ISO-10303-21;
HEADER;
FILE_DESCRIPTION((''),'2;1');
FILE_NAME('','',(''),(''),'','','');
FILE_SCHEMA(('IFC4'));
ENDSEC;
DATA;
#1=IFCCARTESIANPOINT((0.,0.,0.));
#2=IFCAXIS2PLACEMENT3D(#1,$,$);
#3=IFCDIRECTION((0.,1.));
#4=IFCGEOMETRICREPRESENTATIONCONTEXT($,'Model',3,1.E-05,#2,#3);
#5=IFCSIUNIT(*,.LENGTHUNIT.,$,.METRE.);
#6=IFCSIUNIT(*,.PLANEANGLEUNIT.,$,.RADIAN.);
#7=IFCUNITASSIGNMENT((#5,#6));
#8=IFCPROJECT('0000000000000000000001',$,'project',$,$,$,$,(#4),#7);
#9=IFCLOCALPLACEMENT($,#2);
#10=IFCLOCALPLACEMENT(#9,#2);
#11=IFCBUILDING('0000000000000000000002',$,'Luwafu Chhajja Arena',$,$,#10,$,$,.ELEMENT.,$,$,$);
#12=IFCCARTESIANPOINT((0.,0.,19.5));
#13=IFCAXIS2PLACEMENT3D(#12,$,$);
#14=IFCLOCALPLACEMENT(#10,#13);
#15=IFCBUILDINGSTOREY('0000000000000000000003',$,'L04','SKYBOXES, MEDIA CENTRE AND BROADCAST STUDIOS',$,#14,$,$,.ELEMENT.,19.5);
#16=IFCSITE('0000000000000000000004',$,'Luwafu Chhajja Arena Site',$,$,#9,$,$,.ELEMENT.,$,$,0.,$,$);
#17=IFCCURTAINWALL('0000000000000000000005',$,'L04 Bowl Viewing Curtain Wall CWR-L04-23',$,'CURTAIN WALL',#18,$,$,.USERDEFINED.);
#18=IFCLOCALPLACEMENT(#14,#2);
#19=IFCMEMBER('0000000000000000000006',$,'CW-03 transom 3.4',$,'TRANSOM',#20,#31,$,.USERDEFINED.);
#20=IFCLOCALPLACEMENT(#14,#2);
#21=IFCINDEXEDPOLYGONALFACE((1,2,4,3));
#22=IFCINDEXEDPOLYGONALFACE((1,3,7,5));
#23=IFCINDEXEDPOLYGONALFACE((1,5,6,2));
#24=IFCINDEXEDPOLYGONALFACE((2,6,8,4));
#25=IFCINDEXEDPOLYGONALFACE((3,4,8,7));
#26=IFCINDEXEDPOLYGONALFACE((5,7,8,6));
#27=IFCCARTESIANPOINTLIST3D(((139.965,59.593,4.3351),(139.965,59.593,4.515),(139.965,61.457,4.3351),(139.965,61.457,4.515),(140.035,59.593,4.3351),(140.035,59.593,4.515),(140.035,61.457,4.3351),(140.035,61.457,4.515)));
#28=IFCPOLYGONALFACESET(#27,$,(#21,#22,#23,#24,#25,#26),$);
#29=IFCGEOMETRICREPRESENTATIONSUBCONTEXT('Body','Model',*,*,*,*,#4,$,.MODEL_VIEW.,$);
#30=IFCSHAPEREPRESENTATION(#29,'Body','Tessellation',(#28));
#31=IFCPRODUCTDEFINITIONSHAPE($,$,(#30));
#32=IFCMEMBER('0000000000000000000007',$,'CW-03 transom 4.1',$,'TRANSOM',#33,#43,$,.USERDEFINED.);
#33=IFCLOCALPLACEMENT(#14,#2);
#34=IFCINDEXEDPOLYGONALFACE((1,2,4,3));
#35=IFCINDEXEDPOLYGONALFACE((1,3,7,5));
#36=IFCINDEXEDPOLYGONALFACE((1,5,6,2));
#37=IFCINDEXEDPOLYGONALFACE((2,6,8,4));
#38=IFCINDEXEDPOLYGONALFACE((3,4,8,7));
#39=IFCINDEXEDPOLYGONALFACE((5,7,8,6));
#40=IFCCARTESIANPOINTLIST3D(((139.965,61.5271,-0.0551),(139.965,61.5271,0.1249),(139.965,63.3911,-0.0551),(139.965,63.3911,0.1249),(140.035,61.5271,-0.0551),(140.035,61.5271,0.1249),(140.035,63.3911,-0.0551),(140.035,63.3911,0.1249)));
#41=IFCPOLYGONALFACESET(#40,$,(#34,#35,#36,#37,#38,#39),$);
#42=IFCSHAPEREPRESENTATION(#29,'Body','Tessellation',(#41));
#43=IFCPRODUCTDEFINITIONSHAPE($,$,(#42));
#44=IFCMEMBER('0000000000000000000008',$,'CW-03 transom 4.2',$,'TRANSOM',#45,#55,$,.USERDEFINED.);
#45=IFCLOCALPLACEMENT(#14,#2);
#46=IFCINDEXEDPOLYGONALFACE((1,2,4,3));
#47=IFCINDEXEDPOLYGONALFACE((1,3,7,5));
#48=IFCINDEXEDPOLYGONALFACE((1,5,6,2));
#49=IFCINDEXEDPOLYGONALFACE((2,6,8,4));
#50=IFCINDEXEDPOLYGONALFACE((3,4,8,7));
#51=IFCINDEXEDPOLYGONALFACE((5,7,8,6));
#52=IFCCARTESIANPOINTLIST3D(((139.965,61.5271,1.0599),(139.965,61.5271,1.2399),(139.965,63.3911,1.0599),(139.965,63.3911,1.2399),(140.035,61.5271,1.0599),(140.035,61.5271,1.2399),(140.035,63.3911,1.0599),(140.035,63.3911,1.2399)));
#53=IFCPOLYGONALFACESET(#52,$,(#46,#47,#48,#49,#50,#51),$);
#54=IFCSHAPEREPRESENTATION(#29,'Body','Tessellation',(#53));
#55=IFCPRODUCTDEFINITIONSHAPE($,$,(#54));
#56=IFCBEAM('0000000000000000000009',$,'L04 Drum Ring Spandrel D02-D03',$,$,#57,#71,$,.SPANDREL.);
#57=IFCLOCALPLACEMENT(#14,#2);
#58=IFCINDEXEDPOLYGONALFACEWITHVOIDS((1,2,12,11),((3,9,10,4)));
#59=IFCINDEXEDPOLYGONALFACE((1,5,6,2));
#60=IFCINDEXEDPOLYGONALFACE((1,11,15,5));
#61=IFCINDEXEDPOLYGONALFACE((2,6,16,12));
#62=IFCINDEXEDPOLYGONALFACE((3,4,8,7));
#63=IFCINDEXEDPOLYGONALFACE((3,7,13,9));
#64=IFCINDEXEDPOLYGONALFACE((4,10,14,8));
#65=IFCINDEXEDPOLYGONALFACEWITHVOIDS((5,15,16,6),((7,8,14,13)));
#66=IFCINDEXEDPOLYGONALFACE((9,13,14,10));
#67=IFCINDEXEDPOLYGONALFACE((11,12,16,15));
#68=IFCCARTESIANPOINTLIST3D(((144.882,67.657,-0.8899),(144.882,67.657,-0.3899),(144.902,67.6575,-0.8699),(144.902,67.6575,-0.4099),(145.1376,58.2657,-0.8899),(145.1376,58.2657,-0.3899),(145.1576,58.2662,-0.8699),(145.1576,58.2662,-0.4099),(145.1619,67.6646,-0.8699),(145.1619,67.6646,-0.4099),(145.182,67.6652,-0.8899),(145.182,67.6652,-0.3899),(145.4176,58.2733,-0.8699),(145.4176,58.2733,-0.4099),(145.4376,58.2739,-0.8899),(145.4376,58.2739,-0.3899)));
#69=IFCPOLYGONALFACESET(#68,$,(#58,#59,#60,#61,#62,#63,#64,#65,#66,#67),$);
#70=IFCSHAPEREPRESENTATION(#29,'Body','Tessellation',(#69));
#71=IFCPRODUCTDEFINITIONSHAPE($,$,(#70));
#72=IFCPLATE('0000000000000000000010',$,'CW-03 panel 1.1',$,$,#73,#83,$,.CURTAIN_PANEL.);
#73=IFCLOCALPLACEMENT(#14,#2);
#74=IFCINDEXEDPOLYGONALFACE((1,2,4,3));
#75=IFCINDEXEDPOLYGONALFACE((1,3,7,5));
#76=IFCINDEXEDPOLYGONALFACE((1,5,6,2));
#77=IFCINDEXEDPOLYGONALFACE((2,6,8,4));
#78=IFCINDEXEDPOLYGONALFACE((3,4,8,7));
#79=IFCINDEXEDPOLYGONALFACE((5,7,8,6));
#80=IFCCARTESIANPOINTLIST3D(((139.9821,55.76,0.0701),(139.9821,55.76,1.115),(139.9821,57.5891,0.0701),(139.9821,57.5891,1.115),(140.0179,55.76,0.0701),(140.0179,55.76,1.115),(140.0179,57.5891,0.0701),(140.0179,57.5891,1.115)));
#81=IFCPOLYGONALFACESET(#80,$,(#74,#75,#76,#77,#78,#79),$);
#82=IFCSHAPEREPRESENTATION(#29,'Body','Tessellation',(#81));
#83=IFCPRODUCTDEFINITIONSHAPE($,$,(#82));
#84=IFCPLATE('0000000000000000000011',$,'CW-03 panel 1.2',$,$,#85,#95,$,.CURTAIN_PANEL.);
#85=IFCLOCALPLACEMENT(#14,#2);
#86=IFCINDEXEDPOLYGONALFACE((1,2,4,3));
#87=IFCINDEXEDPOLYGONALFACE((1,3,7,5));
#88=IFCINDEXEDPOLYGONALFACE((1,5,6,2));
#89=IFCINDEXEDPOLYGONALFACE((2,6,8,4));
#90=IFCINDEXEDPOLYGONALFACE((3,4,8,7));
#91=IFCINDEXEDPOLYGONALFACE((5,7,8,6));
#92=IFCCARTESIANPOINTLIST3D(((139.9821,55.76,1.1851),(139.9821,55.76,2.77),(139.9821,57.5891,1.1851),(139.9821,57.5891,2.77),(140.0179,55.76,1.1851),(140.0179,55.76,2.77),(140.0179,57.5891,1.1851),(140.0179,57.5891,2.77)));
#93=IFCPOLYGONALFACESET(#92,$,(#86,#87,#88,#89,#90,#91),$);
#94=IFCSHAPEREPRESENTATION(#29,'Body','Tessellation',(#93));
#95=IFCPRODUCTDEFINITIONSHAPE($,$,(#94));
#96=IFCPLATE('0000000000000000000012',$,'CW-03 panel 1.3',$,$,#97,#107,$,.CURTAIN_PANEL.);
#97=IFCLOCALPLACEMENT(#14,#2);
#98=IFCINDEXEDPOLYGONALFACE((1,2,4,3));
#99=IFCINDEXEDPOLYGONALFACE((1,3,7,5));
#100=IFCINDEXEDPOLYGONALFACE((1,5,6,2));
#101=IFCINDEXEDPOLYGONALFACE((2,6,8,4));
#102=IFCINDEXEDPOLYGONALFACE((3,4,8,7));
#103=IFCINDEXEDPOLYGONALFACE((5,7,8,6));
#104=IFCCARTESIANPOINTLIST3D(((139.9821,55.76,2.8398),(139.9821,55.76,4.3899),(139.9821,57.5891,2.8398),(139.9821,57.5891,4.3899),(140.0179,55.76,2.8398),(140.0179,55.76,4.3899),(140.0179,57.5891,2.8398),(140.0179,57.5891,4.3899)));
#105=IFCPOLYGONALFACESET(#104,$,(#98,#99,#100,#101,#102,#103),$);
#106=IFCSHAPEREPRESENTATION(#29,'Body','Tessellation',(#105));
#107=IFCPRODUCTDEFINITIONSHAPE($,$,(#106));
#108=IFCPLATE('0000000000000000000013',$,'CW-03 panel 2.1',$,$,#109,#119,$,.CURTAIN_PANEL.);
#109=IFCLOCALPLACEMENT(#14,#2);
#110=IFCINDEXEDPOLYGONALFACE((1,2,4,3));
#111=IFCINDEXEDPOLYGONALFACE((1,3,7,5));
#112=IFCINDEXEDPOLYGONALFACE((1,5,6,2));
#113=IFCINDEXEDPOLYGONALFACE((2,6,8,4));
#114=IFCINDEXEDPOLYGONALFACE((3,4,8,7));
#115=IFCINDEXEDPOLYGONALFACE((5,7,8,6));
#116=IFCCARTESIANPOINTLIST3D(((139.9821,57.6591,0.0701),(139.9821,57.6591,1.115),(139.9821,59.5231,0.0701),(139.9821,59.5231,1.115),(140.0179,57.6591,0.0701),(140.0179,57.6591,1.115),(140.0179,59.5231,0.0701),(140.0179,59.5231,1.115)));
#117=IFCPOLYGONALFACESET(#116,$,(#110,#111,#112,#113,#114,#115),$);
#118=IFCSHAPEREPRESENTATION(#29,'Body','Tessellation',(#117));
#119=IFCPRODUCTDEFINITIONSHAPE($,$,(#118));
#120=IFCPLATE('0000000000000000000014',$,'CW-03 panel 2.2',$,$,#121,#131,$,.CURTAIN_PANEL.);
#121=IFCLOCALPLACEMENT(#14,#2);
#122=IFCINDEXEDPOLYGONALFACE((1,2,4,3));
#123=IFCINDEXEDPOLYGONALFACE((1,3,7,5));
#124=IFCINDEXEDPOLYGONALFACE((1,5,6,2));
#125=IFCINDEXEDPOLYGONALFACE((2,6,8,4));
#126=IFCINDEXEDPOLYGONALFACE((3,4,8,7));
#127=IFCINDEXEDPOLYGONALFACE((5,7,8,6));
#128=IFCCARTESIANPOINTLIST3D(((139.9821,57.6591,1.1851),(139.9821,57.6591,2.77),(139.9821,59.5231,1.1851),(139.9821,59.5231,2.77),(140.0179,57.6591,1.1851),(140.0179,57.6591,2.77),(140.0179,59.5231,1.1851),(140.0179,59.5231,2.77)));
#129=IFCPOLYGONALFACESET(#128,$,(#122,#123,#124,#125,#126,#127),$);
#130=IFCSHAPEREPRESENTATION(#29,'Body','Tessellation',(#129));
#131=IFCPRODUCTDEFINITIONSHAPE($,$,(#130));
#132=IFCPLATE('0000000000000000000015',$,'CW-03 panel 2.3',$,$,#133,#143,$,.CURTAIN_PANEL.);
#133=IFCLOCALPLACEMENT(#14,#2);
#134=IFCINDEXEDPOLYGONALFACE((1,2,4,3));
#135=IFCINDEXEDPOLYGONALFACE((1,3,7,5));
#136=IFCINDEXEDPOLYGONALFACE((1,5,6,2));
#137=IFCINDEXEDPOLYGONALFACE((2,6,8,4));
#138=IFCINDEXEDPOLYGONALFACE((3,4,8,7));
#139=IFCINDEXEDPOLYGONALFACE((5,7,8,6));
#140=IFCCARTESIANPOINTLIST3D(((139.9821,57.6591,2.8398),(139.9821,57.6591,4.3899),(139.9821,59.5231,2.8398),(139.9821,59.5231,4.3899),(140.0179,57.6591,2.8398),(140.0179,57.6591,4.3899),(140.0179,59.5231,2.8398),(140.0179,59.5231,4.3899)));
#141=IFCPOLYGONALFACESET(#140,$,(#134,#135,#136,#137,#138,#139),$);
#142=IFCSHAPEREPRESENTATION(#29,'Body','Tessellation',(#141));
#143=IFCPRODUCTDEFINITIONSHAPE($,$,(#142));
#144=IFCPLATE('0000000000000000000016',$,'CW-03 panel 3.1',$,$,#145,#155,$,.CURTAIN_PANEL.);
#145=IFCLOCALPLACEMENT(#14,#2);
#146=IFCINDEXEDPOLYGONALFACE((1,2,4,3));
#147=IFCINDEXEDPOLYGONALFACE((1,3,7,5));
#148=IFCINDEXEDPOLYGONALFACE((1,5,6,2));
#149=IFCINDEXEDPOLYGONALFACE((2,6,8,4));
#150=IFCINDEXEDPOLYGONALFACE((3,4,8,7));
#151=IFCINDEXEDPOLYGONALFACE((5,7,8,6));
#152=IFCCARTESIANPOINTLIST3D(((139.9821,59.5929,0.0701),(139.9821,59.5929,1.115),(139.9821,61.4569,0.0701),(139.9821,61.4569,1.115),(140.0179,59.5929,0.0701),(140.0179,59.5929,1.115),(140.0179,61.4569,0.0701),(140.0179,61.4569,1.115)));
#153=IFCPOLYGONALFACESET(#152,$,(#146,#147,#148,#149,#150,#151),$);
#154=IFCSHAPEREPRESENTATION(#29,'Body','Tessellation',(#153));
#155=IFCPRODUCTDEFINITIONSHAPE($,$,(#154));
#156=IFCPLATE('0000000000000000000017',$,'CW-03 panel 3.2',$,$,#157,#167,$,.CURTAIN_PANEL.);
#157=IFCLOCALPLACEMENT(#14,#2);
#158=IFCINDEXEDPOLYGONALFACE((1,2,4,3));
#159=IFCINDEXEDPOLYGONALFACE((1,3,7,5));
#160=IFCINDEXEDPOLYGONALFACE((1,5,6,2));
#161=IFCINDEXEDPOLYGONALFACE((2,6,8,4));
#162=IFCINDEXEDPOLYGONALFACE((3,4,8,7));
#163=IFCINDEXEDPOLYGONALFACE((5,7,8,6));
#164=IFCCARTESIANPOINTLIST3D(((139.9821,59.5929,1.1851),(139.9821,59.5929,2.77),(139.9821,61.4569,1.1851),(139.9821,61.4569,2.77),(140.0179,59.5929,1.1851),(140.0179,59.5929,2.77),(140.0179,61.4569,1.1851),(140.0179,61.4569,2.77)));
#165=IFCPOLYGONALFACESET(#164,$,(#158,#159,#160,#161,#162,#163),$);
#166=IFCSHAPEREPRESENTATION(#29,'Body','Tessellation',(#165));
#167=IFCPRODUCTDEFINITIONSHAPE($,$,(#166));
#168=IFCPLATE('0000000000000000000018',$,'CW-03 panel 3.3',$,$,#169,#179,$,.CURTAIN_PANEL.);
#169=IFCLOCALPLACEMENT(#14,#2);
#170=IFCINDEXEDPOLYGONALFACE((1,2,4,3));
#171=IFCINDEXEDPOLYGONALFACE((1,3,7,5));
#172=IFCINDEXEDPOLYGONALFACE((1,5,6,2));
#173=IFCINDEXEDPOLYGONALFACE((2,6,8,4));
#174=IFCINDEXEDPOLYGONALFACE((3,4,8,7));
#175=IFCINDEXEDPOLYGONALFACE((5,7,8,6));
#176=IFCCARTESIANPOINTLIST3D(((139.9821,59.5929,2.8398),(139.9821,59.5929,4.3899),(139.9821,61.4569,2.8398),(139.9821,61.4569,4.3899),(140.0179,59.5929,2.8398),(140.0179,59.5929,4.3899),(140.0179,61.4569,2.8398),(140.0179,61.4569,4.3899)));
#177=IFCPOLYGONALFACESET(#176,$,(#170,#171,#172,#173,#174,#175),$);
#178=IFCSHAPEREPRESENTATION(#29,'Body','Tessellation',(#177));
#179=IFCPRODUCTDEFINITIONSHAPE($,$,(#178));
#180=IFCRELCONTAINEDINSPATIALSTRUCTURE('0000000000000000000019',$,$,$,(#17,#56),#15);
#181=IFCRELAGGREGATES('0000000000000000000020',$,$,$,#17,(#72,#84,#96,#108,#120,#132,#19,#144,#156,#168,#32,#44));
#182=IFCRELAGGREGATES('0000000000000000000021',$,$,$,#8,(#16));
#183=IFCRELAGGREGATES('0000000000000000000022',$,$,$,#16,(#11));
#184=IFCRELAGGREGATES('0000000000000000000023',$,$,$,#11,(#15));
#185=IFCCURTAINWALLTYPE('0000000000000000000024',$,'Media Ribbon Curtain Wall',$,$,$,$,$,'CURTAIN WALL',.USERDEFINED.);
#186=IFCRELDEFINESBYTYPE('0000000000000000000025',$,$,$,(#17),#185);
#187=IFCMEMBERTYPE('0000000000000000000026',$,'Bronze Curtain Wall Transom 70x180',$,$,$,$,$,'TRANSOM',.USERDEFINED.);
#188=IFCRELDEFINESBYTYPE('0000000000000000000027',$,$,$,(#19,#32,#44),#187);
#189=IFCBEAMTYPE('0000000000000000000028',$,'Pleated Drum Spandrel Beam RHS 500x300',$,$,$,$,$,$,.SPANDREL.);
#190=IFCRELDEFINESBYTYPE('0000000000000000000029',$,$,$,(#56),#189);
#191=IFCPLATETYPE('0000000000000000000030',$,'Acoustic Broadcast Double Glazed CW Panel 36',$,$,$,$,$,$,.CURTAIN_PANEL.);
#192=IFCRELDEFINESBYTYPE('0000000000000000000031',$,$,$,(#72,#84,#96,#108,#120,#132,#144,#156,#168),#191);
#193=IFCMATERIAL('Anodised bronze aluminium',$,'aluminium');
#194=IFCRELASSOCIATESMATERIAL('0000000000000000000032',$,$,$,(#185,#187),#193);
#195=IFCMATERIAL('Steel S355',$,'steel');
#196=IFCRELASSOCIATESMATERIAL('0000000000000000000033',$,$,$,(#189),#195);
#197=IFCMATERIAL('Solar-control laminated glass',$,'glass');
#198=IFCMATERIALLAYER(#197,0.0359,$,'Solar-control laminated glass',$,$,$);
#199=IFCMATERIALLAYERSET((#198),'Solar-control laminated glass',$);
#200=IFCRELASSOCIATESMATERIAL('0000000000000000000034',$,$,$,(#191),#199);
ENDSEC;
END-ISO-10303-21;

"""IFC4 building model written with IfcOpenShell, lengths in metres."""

from ifc_helpers import new_model, si_unit, direction, frame, origin, origin_2d, place, context, subcontext, project, spatial, rectangle, hollow_rectangle, extrude, material, layer, layer_set, material_profile, profile_set, type_object, element, aggregate, save


model = new_model("IFC4")

# Units and contexts
model_context = context("Model", 3, precision=1e-05, world=origin(), true_north=direction((0.0, 1.0)))
body_context = subcontext(model_context, "Body", "Model", "MODEL_VIEW")
ifc_project = project(units=[si_unit("LENGTHUNIT", "METRE"), si_unit("PLANEANGLEUNIT", "RADIAN")], contexts=[model_context])

# Site, building, storey
site_placement = place(None, origin())
site = spatial("IfcSite", under=ifc_project, at=site_placement, Name="Luwafu Chhajja Arena Site", CompositionType="ELEMENT", RefElevation=0.0)
building_placement = place(site_placement, origin())
building = spatial("IfcBuilding", under=site, at=building_placement, Name="Luwafu Chhajja Arena", CompositionType="ELEMENT")
storey_placement = place(building_placement, frame((0.0, 0.0, 19.5)))
storey = spatial("IfcBuildingStorey", under=building, at=storey_placement, Name="L04", Description="SKYBOXES, MEDIA CENTRE AND BROADCAST STUDIOS", CompositionType="ELEMENT", Elevation=19.5)

# Shared definitions
ifc_material_1 = material(Name="Steel S355", Category="steel")

# Curtain wall, members
ifc_material_2 = material(Name="Anodised bronze aluminium", Category="aluminium")
curtain_wall_type = type_object("IfcCurtainWallType", Name="Media Ribbon Curtain Wall", ElementType="CURTAIN WALL", PredefinedType="USERDEFINED", material=ifc_material_2)
curtain_wall_placement = place(storey_placement, origin())
curtain_wall = element("IfcCurtainWall", 1, at=curtain_wall_placement, inside=storey, type_object=curtain_wall_type, Name="L04 Bowl Viewing Curtain Wall CWR-L04-23", ObjectType="CURTAIN WALL", PredefinedType="USERDEFINED")
ifc_material_profile_1 = material_profile(ifc_material_2, rectangle(XDim=0.0701, YDim=0.1799, at=origin_2d()), Name="CWT 70x180")
ifc_profile_set_1 = profile_set([ifc_material_profile_1], Name="Anodised bronze aluminium")
member_type_1 = type_object("IfcMemberType", Name="Bronze Curtain Wall Transom 70x180", ElementType="TRANSOM", PredefinedType="USERDEFINED", material=ifc_profile_set_1)
member_1_placement = place(storey_placement, frame((140.0, 59.593, 4.425), z_axis=(0.0, 1.0, 0.0), x_axis=(-1.0, 0.0, 0.0)))
member_1 = element("IfcMember", 2, at=member_1_placement, type_object=member_type_1, Name="CW-03 transom 3.4", ObjectType="TRANSOM", PredefinedType="USERDEFINED", context=body_context, shape_type="SweptSolid", body=[
    extrude(rectangle(XDim=0.0701, YDim=0.1799, at=origin_2d()), origin(), (0.0, 0.0, 1.0), 1.864),
])
member_2_placement = place(storey_placement, frame((140.0, 61.5271, 0.0349), z_axis=(0.0, 1.0, 0.0), x_axis=(-1.0, 0.0, 0.0)))
member_2 = element("IfcMember", 3, at=member_2_placement, type_object=member_type_1, Name="CW-03 transom 4.1", ObjectType="TRANSOM", PredefinedType="USERDEFINED", context=body_context, shape_type="SweptSolid", body=[
    extrude(rectangle(XDim=0.0701, YDim=0.1799, at=origin_2d()), origin(), (0.0, 0.0, 1.0), 1.864),
])
member_3_placement = place(storey_placement, frame((140.0, 61.5271, 1.1499), z_axis=(0.0, 1.0, 0.0), x_axis=(-1.0, 0.0, 0.0)))
member_3 = element("IfcMember", 4, at=member_3_placement, type_object=member_type_1, Name="CW-03 transom 4.2", ObjectType="TRANSOM", PredefinedType="USERDEFINED", context=body_context, shape_type="SweptSolid", body=[
    extrude(rectangle(XDim=0.0701, YDim=0.1799, at=origin_2d()), origin(), (0.0, 0.0, 1.0), 1.864),
])

# Beam
ifc_material_profile_2 = material_profile(ifc_material_1, hollow_rectangle(XDim=0.3, YDim=0.5, WallThickness=0.02, at=origin_2d()), Name="RHS 500x300x20")
ifc_profile_set_2 = profile_set([ifc_material_profile_2], Name="Steel S355")
beam_type = type_object("IfcBeamType", Name="Pleated Drum Spandrel Beam RHS 500x300", PredefinedType="SPANDREL", material=ifc_profile_set_2)
beam_placement = place(storey_placement, frame((145.2876, 58.2698, -0.6399), z_axis=(-0.027208, 0.99963, 0.0), x_axis=(-0.99963, -0.027208, 0.0)))
element("IfcBeam", 5, at=beam_placement, inside=storey, type_object=beam_type, Name="L04 Drum Ring Spandrel D02-D03", PredefinedType="SPANDREL", context=body_context, shape_type="SweptSolid", body=[
    extrude(hollow_rectangle(XDim=0.3, YDim=0.5, WallThickness=0.02, at=origin_2d()), origin(), (0.0, 0.0, 1.0), 9.3948),
])

# Plates
ifc_material_3 = material(Name="Solar-control laminated glass", Category="glass")
ifc_layer_1 = layer(ifc_material_3, 0.0359, Name="Solar-control laminated glass")
ifc_layer_set_1 = layer_set([ifc_layer_1], Name="Solar-control laminated glass")
plate_type = type_object("IfcPlateType", Name="Acoustic Broadcast Double Glazed CW Panel 36", PredefinedType="CURTAIN_PANEL", material=ifc_layer_set_1)
plate_1_placement = place(storey_placement, frame((140.0, 56.6746, 0.0701), z_axis=(0.0, 0.0, 1.0), x_axis=(0.0, 1.0, 0.0)))
plate_1 = element("IfcPlate", 6, at=plate_1_placement, type_object=plate_type, Name="CW-03 panel 1.1", PredefinedType="CURTAIN_PANEL", context=body_context, shape_type="SweptSolid", body=[
    extrude(rectangle(XDim=1.8291, YDim=0.0359, at=origin_2d()), origin(), (0.0, 0.0, 1.0), 1.0449),
])
plate_2_placement = place(storey_placement, frame((140.0, 56.6746, 1.1851), z_axis=(0.0, 0.0, 1.0), x_axis=(0.0, 1.0, 0.0)))
plate_2 = element("IfcPlate", 7, at=plate_2_placement, type_object=plate_type, Name="CW-03 panel 1.2", PredefinedType="CURTAIN_PANEL", context=body_context, shape_type="SweptSolid", body=[
    extrude(rectangle(XDim=1.8291, YDim=0.0359, at=origin_2d()), origin(), (0.0, 0.0, 1.0), 1.585),
])
plate_3_placement = place(storey_placement, frame((140.0, 56.6746, 2.8398), z_axis=(0.0, 0.0, 1.0), x_axis=(0.0, 1.0, 0.0)))
plate_3 = element("IfcPlate", 8, at=plate_3_placement, type_object=plate_type, Name="CW-03 panel 1.3", PredefinedType="CURTAIN_PANEL", context=body_context, shape_type="SweptSolid", body=[
    extrude(rectangle(XDim=1.8291, YDim=0.0359, at=origin_2d()), origin(), (0.0, 0.0, 1.0), 1.55),
])
plate_4_placement = place(storey_placement, frame((140.0, 58.5911, 0.0701), z_axis=(0.0, 0.0, 1.0), x_axis=(0.0, 1.0, 0.0)))
plate_4 = element("IfcPlate", 9, at=plate_4_placement, type_object=plate_type, Name="CW-03 panel 2.1", PredefinedType="CURTAIN_PANEL", context=body_context, shape_type="SweptSolid", body=[
    extrude(rectangle(XDim=1.864, YDim=0.0359, at=origin_2d()), origin(), (0.0, 0.0, 1.0), 1.0449),
])
plate_5_placement = place(storey_placement, frame((140.0, 58.5911, 1.1851), z_axis=(0.0, 0.0, 1.0), x_axis=(0.0, 1.0, 0.0)))
plate_5 = element("IfcPlate", 10, at=plate_5_placement, type_object=plate_type, Name="CW-03 panel 2.2", PredefinedType="CURTAIN_PANEL", context=body_context, shape_type="SweptSolid", body=[
    extrude(rectangle(XDim=1.864, YDim=0.0359, at=origin_2d()), origin(), (0.0, 0.0, 1.0), 1.585),
])
plate_6_placement = place(storey_placement, frame((140.0, 58.5911, 2.8398), z_axis=(0.0, 0.0, 1.0), x_axis=(0.0, 1.0, 0.0)))
plate_6 = element("IfcPlate", 11, at=plate_6_placement, type_object=plate_type, Name="CW-03 panel 2.3", PredefinedType="CURTAIN_PANEL", context=body_context, shape_type="SweptSolid", body=[
    extrude(rectangle(XDim=1.864, YDim=0.0359, at=origin_2d()), origin(), (0.0, 0.0, 1.0), 1.55),
])
plate_7_placement = place(storey_placement, frame((140.0, 60.5249, 0.0701), z_axis=(0.0, 0.0, 1.0), x_axis=(0.0, 1.0, 0.0)))
plate_7 = element("IfcPlate", 12, at=plate_7_placement, type_object=plate_type, Name="CW-03 panel 3.1", PredefinedType="CURTAIN_PANEL", context=body_context, shape_type="SweptSolid", body=[
    extrude(rectangle(XDim=1.864, YDim=0.0359, at=origin_2d()), origin(), (0.0, 0.0, 1.0), 1.0449),
])
plate_8_placement = place(storey_placement, frame((140.0, 60.5249, 1.1851), z_axis=(0.0, 0.0, 1.0), x_axis=(0.0, 1.0, 0.0)))
plate_8 = element("IfcPlate", 13, at=plate_8_placement, type_object=plate_type, Name="CW-03 panel 3.2", PredefinedType="CURTAIN_PANEL", context=body_context, shape_type="SweptSolid", body=[
    extrude(rectangle(XDim=1.864, YDim=0.0359, at=origin_2d()), origin(), (0.0, 0.0, 1.0), 1.585),
])
plate_9_placement = place(storey_placement, frame((140.0, 60.5249, 2.8398), z_axis=(0.0, 0.0, 1.0), x_axis=(0.0, 1.0, 0.0)))
plate_9 = element("IfcPlate", 14, at=plate_9_placement, type_object=plate_type, Name="CW-03 panel 3.3", PredefinedType="CURTAIN_PANEL", context=body_context, shape_type="SweptSolid", body=[
    extrude(rectangle(XDim=1.864, YDim=0.0359, at=origin_2d()), origin(), (0.0, 0.0, 1.0), 1.55),
])
aggregate(curtain_wall, [plate_1, plate_2, plate_3, plate_4, plate_5, plate_6, member_1, plate_7, plate_8, plate_9, member_2, member_3])

save(model, "model.ifc")
